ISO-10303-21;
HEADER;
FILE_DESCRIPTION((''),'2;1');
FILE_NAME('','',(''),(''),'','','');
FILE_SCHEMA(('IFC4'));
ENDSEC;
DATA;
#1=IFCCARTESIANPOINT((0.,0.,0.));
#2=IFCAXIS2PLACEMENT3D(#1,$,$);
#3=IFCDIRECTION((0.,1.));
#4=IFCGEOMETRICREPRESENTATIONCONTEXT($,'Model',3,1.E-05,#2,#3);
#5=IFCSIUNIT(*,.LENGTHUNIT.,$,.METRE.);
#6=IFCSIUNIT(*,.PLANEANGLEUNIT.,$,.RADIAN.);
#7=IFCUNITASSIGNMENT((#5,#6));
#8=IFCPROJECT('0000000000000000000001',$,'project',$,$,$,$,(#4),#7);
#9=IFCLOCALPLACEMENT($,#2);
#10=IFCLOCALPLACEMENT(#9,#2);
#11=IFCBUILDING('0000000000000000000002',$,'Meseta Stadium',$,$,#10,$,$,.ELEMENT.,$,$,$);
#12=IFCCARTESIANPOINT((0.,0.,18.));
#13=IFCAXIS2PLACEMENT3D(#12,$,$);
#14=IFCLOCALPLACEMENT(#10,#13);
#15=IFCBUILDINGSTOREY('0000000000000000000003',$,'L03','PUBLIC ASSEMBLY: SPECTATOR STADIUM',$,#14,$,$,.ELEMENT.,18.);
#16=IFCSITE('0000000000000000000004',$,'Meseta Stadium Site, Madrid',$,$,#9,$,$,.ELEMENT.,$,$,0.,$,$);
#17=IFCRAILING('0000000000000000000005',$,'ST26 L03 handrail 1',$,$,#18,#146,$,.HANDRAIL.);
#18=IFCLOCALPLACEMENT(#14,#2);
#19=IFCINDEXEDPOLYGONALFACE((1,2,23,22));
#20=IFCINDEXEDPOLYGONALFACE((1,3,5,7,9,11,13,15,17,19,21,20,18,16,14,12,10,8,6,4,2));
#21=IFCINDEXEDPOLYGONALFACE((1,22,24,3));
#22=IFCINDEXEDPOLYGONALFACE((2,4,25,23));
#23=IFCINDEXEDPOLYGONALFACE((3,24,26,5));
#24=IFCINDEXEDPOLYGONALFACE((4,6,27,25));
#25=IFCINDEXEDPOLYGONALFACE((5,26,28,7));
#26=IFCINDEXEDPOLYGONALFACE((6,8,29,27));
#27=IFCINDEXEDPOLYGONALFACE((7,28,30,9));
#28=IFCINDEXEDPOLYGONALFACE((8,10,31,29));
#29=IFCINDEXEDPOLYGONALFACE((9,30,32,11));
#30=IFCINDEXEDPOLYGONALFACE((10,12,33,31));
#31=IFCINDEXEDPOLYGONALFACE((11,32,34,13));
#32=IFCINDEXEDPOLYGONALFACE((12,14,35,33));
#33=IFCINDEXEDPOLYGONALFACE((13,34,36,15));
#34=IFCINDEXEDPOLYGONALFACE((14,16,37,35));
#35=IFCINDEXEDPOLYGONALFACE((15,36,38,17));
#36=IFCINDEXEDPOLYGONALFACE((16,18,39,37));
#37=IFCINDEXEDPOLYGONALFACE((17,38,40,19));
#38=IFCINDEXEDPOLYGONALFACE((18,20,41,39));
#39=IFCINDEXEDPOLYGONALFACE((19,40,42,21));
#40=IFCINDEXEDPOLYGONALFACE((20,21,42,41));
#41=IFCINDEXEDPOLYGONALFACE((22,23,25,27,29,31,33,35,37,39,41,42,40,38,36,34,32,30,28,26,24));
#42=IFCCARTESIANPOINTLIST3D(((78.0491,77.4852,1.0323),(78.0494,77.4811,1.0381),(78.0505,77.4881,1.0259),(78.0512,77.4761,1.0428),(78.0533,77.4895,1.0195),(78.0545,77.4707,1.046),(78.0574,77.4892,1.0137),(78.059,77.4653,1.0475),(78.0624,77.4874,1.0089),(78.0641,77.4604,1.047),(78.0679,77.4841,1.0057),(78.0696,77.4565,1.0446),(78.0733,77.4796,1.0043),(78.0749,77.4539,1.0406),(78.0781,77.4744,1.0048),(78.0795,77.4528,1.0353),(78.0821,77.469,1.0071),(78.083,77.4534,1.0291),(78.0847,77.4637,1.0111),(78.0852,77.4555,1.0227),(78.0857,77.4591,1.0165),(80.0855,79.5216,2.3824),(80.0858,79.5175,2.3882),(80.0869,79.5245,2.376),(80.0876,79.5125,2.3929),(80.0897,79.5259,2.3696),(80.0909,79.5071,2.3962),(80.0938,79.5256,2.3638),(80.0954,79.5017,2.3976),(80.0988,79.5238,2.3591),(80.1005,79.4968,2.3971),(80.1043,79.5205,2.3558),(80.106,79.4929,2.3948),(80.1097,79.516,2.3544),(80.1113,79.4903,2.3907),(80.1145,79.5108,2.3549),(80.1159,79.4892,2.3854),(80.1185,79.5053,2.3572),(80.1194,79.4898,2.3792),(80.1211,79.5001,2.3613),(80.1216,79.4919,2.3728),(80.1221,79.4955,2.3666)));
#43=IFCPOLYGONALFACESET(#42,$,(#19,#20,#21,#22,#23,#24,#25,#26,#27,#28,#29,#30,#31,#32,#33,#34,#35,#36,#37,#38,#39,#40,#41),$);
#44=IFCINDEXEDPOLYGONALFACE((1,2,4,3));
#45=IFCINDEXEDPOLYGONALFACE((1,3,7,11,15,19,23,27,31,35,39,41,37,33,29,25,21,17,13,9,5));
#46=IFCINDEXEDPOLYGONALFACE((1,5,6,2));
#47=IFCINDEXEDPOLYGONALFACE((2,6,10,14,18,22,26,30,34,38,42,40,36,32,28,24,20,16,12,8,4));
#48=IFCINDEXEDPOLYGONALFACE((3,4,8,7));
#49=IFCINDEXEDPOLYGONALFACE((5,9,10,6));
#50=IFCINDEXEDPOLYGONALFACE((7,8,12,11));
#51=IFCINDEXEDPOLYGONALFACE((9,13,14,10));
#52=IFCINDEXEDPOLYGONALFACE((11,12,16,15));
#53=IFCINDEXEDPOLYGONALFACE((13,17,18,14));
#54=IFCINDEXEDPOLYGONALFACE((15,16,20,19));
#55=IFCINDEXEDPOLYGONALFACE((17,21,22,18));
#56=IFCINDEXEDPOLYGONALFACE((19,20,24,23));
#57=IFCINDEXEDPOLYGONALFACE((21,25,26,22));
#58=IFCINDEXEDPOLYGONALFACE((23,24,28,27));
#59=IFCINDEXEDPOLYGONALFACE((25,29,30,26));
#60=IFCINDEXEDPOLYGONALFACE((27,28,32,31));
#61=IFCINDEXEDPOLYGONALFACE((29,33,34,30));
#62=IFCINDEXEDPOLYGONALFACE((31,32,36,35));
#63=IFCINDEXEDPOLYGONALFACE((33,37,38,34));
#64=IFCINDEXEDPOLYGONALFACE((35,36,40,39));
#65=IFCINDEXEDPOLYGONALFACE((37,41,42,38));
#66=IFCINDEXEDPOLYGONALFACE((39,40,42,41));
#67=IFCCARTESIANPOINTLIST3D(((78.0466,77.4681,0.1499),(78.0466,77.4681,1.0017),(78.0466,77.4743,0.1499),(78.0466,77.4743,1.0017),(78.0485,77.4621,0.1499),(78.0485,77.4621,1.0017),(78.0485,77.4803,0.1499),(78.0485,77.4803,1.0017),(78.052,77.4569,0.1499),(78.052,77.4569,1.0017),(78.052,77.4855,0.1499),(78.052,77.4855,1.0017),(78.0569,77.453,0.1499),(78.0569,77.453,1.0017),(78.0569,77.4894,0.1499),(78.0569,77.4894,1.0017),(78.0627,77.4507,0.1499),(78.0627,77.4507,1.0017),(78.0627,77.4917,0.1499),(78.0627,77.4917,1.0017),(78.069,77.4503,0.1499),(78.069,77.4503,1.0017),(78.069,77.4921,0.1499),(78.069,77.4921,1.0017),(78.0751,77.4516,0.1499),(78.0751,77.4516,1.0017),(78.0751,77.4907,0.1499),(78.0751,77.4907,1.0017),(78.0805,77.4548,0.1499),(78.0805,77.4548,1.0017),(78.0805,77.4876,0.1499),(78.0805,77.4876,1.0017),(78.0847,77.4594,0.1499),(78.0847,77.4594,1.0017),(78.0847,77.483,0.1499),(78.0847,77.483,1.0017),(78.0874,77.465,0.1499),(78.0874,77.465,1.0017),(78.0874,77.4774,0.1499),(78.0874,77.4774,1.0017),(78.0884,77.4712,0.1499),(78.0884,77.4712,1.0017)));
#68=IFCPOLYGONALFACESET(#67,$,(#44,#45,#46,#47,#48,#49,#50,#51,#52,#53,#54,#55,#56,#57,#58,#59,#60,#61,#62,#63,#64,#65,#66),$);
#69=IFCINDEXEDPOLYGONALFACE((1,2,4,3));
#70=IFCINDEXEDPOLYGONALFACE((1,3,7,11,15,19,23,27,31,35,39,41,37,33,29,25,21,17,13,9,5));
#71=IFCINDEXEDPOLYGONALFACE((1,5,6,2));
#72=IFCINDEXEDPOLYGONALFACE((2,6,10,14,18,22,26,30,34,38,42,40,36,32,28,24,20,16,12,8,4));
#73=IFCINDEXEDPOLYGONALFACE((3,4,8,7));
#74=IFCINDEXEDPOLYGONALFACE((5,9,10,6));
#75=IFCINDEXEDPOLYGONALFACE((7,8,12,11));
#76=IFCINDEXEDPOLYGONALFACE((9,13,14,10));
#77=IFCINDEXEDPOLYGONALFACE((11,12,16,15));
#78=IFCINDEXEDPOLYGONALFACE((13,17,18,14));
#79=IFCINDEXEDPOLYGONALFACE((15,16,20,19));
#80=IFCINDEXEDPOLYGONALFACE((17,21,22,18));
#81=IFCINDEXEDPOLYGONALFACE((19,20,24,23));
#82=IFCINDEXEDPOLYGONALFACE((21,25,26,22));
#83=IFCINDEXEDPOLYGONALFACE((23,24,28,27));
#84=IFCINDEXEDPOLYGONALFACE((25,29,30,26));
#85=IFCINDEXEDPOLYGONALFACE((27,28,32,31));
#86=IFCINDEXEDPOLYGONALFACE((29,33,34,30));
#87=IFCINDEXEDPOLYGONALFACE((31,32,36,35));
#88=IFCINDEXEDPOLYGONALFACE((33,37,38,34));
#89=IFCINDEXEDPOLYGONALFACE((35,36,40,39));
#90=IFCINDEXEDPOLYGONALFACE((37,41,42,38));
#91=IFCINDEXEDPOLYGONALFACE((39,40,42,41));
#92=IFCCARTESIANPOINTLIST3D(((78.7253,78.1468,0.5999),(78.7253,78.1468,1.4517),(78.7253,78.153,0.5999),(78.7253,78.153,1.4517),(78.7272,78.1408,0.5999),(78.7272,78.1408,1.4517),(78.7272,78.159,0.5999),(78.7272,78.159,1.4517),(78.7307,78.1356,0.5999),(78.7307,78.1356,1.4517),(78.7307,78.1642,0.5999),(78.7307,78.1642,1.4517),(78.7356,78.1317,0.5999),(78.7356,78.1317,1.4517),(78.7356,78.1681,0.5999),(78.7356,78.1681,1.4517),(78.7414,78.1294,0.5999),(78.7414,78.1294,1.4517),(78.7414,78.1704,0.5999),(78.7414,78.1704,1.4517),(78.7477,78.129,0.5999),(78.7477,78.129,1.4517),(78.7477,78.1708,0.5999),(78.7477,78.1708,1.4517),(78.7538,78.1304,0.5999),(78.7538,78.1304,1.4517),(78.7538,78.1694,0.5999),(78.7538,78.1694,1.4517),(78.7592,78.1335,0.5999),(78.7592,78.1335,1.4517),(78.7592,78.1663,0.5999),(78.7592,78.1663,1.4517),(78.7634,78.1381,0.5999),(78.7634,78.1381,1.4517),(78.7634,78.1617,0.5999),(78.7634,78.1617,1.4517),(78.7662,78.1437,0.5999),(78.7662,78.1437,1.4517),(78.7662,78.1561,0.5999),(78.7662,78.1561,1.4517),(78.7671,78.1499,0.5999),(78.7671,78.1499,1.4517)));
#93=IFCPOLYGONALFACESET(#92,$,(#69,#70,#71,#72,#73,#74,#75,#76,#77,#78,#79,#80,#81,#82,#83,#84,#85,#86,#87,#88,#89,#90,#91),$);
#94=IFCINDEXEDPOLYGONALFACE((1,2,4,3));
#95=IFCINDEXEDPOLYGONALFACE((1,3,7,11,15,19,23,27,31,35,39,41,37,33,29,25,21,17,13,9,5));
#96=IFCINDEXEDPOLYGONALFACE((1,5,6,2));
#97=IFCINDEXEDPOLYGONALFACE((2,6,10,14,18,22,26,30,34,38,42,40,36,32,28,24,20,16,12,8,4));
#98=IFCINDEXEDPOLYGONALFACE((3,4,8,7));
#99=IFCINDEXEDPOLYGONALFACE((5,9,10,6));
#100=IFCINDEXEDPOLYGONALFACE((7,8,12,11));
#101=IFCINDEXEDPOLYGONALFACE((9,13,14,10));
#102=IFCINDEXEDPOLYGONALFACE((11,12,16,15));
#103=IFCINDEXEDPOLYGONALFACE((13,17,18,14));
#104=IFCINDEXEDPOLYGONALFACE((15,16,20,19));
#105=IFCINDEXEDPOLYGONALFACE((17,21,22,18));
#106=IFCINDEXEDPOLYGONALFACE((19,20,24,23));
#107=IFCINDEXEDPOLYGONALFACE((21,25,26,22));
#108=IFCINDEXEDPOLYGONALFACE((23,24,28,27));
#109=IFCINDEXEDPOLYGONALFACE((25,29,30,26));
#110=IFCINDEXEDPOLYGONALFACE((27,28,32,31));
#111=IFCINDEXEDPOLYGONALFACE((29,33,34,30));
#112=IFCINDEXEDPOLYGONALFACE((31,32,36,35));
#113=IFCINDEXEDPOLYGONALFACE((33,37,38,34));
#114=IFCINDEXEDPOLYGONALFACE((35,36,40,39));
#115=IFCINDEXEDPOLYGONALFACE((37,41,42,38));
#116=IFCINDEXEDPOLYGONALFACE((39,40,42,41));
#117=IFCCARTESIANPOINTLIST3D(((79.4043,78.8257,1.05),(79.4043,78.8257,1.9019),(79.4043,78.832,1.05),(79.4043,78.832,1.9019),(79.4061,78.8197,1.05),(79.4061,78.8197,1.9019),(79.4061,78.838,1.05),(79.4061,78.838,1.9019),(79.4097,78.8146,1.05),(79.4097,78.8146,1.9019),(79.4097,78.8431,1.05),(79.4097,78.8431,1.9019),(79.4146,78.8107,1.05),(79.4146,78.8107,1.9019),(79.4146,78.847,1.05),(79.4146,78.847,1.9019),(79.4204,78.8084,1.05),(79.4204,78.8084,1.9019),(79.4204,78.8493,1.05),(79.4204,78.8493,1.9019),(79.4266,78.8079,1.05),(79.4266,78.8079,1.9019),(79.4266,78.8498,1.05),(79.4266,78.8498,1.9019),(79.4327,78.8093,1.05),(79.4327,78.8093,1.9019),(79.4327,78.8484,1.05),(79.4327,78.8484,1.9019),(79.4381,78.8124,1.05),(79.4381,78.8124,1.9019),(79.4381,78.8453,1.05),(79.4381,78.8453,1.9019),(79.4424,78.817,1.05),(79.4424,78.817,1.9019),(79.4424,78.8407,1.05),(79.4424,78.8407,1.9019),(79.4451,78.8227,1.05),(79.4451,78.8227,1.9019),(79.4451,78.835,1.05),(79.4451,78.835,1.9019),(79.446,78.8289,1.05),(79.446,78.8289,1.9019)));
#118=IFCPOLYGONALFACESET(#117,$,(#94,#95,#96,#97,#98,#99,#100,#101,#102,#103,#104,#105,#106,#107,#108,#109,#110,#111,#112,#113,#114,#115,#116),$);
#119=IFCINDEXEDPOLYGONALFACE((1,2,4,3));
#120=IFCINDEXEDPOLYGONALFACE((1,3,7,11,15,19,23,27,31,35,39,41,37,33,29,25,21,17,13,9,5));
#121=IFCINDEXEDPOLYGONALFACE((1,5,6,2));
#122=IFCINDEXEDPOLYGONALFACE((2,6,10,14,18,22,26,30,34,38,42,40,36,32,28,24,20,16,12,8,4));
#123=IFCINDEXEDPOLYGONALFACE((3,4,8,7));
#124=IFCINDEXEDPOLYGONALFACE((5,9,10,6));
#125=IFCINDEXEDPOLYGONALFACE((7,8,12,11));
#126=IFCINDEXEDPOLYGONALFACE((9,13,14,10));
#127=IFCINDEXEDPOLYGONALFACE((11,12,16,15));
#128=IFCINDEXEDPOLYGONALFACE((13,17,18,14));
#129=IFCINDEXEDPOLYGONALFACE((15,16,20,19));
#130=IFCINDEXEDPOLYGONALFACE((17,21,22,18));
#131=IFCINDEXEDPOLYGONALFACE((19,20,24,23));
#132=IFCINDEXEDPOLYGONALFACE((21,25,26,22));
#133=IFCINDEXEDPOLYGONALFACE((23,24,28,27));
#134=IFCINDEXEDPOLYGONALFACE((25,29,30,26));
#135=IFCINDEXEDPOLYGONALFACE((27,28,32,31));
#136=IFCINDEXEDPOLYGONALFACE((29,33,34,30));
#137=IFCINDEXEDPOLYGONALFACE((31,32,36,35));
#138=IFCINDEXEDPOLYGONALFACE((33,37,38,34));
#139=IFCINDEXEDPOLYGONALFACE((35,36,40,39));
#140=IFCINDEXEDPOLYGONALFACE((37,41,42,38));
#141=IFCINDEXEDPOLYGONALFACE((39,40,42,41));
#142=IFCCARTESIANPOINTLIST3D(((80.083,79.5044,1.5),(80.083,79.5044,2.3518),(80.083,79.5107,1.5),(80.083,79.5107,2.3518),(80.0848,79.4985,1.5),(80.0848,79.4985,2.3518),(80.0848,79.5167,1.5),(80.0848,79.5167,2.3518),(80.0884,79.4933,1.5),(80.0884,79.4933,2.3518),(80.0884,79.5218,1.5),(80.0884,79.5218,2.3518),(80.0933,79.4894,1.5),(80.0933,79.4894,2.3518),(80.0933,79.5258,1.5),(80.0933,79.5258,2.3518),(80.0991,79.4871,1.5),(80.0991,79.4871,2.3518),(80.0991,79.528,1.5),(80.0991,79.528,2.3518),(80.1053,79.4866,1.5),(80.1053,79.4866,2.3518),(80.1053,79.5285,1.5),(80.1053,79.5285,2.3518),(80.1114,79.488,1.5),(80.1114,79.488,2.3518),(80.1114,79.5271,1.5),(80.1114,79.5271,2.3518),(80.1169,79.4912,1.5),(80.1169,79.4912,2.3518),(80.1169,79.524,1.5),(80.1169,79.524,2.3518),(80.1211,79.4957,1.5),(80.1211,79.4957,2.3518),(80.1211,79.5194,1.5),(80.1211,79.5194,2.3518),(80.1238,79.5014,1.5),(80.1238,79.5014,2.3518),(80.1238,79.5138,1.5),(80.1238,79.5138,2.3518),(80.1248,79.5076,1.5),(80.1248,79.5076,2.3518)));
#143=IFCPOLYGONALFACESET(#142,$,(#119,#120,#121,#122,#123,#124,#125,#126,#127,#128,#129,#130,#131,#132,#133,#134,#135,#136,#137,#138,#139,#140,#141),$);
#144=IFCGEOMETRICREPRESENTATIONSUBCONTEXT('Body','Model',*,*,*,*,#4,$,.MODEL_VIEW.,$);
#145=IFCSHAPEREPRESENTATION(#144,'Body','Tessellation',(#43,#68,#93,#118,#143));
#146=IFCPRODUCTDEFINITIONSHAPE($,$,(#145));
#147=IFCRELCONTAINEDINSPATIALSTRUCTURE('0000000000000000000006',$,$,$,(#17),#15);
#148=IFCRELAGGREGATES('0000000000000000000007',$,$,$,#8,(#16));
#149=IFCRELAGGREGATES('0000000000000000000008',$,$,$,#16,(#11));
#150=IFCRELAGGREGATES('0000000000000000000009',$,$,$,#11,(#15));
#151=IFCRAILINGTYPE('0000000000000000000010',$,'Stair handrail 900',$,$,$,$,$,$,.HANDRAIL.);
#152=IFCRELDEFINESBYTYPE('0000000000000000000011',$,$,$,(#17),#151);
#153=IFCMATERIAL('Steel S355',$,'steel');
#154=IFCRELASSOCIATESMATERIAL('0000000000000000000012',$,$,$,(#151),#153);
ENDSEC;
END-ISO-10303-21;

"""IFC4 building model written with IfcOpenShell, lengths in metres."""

from ifc_helpers import new_model, si_unit, direction, frame, origin, origin_2d, place, context, subcontext, project, spatial, circle, extrude, material, type_object, element, save


model = new_model("IFC4")

# Units and contexts
model_context = context("Model", 3, precision=1e-05, world=origin(), true_north=direction((0.0, 1.0)))
body_context = subcontext(model_context, "Body", "Model", "MODEL_VIEW")
ifc_project = project(units=[si_unit("LENGTHUNIT", "METRE"), si_unit("PLANEANGLEUNIT", "RADIAN")], contexts=[model_context])

# Site, building, storey
site_placement = place(None, origin())
site = spatial("IfcSite", under=ifc_project, at=site_placement, Name="Meseta Stadium Site, Madrid", CompositionType="ELEMENT", RefElevation=0.0)
building_placement = place(site_placement, origin())
building = spatial("IfcBuilding", under=site, at=building_placement, Name="Meseta Stadium", CompositionType="ELEMENT")
storey_placement = place(building_placement, frame((0.0, 0.0, 18.0)))
storey = spatial("IfcBuildingStorey", under=building, at=storey_placement, Name="L03", Description="PUBLIC ASSEMBLY: SPECTATOR STADIUM", CompositionType="ELEMENT", Elevation=18.0)

# Railing
ifc_material_1 = material(Name="Steel S355", Category="steel")
railing_type_1 = type_object("IfcRailingType", Name="Stair handrail 900", PredefinedType="HANDRAIL", material=ifc_material_1)
for number, where, name in (
    (1, (78.0674, 77.4712, 0.1499), "ST26 L03 handrail 1"),
):
    element("IfcRailing", number, at=place(storey_placement, frame(where)), inside=storey, type_object=railing_type_1, Name=name, PredefinedType="HANDRAIL", context=body_context, shape_type="SweptSolid", body=[
        extrude(circle(Radius=0.0239, at=origin_2d()), frame((0.0, 0.0, 0.876), z_axis=(0.640243, 0.640243, 0.424475), x_axis=(-0.707107, 0.707107, 0.0)), (0.0, 0.0, 1.0), 3.1807),
        extrude(circle(Radius=0.021, at=origin_2d()), origin(), (0.0, 0.0, 1.0), 0.8518),
        extrude(circle(Radius=0.021, at=origin_2d()), frame((0.6787, 0.6787, 0.45)), (0.0, 0.0, 1.0), 0.8518),
        extrude(circle(Radius=0.021, at=origin_2d()), frame((1.3577, 1.3577, 0.9001)), (0.0, 0.0, 1.0), 0.8518),
        extrude(circle(Radius=0.021, at=origin_2d()), frame((2.0364, 2.0364, 1.3501)), (0.0, 0.0, 1.0), 0.8518),
    ])

save(model, "model.ifc")
